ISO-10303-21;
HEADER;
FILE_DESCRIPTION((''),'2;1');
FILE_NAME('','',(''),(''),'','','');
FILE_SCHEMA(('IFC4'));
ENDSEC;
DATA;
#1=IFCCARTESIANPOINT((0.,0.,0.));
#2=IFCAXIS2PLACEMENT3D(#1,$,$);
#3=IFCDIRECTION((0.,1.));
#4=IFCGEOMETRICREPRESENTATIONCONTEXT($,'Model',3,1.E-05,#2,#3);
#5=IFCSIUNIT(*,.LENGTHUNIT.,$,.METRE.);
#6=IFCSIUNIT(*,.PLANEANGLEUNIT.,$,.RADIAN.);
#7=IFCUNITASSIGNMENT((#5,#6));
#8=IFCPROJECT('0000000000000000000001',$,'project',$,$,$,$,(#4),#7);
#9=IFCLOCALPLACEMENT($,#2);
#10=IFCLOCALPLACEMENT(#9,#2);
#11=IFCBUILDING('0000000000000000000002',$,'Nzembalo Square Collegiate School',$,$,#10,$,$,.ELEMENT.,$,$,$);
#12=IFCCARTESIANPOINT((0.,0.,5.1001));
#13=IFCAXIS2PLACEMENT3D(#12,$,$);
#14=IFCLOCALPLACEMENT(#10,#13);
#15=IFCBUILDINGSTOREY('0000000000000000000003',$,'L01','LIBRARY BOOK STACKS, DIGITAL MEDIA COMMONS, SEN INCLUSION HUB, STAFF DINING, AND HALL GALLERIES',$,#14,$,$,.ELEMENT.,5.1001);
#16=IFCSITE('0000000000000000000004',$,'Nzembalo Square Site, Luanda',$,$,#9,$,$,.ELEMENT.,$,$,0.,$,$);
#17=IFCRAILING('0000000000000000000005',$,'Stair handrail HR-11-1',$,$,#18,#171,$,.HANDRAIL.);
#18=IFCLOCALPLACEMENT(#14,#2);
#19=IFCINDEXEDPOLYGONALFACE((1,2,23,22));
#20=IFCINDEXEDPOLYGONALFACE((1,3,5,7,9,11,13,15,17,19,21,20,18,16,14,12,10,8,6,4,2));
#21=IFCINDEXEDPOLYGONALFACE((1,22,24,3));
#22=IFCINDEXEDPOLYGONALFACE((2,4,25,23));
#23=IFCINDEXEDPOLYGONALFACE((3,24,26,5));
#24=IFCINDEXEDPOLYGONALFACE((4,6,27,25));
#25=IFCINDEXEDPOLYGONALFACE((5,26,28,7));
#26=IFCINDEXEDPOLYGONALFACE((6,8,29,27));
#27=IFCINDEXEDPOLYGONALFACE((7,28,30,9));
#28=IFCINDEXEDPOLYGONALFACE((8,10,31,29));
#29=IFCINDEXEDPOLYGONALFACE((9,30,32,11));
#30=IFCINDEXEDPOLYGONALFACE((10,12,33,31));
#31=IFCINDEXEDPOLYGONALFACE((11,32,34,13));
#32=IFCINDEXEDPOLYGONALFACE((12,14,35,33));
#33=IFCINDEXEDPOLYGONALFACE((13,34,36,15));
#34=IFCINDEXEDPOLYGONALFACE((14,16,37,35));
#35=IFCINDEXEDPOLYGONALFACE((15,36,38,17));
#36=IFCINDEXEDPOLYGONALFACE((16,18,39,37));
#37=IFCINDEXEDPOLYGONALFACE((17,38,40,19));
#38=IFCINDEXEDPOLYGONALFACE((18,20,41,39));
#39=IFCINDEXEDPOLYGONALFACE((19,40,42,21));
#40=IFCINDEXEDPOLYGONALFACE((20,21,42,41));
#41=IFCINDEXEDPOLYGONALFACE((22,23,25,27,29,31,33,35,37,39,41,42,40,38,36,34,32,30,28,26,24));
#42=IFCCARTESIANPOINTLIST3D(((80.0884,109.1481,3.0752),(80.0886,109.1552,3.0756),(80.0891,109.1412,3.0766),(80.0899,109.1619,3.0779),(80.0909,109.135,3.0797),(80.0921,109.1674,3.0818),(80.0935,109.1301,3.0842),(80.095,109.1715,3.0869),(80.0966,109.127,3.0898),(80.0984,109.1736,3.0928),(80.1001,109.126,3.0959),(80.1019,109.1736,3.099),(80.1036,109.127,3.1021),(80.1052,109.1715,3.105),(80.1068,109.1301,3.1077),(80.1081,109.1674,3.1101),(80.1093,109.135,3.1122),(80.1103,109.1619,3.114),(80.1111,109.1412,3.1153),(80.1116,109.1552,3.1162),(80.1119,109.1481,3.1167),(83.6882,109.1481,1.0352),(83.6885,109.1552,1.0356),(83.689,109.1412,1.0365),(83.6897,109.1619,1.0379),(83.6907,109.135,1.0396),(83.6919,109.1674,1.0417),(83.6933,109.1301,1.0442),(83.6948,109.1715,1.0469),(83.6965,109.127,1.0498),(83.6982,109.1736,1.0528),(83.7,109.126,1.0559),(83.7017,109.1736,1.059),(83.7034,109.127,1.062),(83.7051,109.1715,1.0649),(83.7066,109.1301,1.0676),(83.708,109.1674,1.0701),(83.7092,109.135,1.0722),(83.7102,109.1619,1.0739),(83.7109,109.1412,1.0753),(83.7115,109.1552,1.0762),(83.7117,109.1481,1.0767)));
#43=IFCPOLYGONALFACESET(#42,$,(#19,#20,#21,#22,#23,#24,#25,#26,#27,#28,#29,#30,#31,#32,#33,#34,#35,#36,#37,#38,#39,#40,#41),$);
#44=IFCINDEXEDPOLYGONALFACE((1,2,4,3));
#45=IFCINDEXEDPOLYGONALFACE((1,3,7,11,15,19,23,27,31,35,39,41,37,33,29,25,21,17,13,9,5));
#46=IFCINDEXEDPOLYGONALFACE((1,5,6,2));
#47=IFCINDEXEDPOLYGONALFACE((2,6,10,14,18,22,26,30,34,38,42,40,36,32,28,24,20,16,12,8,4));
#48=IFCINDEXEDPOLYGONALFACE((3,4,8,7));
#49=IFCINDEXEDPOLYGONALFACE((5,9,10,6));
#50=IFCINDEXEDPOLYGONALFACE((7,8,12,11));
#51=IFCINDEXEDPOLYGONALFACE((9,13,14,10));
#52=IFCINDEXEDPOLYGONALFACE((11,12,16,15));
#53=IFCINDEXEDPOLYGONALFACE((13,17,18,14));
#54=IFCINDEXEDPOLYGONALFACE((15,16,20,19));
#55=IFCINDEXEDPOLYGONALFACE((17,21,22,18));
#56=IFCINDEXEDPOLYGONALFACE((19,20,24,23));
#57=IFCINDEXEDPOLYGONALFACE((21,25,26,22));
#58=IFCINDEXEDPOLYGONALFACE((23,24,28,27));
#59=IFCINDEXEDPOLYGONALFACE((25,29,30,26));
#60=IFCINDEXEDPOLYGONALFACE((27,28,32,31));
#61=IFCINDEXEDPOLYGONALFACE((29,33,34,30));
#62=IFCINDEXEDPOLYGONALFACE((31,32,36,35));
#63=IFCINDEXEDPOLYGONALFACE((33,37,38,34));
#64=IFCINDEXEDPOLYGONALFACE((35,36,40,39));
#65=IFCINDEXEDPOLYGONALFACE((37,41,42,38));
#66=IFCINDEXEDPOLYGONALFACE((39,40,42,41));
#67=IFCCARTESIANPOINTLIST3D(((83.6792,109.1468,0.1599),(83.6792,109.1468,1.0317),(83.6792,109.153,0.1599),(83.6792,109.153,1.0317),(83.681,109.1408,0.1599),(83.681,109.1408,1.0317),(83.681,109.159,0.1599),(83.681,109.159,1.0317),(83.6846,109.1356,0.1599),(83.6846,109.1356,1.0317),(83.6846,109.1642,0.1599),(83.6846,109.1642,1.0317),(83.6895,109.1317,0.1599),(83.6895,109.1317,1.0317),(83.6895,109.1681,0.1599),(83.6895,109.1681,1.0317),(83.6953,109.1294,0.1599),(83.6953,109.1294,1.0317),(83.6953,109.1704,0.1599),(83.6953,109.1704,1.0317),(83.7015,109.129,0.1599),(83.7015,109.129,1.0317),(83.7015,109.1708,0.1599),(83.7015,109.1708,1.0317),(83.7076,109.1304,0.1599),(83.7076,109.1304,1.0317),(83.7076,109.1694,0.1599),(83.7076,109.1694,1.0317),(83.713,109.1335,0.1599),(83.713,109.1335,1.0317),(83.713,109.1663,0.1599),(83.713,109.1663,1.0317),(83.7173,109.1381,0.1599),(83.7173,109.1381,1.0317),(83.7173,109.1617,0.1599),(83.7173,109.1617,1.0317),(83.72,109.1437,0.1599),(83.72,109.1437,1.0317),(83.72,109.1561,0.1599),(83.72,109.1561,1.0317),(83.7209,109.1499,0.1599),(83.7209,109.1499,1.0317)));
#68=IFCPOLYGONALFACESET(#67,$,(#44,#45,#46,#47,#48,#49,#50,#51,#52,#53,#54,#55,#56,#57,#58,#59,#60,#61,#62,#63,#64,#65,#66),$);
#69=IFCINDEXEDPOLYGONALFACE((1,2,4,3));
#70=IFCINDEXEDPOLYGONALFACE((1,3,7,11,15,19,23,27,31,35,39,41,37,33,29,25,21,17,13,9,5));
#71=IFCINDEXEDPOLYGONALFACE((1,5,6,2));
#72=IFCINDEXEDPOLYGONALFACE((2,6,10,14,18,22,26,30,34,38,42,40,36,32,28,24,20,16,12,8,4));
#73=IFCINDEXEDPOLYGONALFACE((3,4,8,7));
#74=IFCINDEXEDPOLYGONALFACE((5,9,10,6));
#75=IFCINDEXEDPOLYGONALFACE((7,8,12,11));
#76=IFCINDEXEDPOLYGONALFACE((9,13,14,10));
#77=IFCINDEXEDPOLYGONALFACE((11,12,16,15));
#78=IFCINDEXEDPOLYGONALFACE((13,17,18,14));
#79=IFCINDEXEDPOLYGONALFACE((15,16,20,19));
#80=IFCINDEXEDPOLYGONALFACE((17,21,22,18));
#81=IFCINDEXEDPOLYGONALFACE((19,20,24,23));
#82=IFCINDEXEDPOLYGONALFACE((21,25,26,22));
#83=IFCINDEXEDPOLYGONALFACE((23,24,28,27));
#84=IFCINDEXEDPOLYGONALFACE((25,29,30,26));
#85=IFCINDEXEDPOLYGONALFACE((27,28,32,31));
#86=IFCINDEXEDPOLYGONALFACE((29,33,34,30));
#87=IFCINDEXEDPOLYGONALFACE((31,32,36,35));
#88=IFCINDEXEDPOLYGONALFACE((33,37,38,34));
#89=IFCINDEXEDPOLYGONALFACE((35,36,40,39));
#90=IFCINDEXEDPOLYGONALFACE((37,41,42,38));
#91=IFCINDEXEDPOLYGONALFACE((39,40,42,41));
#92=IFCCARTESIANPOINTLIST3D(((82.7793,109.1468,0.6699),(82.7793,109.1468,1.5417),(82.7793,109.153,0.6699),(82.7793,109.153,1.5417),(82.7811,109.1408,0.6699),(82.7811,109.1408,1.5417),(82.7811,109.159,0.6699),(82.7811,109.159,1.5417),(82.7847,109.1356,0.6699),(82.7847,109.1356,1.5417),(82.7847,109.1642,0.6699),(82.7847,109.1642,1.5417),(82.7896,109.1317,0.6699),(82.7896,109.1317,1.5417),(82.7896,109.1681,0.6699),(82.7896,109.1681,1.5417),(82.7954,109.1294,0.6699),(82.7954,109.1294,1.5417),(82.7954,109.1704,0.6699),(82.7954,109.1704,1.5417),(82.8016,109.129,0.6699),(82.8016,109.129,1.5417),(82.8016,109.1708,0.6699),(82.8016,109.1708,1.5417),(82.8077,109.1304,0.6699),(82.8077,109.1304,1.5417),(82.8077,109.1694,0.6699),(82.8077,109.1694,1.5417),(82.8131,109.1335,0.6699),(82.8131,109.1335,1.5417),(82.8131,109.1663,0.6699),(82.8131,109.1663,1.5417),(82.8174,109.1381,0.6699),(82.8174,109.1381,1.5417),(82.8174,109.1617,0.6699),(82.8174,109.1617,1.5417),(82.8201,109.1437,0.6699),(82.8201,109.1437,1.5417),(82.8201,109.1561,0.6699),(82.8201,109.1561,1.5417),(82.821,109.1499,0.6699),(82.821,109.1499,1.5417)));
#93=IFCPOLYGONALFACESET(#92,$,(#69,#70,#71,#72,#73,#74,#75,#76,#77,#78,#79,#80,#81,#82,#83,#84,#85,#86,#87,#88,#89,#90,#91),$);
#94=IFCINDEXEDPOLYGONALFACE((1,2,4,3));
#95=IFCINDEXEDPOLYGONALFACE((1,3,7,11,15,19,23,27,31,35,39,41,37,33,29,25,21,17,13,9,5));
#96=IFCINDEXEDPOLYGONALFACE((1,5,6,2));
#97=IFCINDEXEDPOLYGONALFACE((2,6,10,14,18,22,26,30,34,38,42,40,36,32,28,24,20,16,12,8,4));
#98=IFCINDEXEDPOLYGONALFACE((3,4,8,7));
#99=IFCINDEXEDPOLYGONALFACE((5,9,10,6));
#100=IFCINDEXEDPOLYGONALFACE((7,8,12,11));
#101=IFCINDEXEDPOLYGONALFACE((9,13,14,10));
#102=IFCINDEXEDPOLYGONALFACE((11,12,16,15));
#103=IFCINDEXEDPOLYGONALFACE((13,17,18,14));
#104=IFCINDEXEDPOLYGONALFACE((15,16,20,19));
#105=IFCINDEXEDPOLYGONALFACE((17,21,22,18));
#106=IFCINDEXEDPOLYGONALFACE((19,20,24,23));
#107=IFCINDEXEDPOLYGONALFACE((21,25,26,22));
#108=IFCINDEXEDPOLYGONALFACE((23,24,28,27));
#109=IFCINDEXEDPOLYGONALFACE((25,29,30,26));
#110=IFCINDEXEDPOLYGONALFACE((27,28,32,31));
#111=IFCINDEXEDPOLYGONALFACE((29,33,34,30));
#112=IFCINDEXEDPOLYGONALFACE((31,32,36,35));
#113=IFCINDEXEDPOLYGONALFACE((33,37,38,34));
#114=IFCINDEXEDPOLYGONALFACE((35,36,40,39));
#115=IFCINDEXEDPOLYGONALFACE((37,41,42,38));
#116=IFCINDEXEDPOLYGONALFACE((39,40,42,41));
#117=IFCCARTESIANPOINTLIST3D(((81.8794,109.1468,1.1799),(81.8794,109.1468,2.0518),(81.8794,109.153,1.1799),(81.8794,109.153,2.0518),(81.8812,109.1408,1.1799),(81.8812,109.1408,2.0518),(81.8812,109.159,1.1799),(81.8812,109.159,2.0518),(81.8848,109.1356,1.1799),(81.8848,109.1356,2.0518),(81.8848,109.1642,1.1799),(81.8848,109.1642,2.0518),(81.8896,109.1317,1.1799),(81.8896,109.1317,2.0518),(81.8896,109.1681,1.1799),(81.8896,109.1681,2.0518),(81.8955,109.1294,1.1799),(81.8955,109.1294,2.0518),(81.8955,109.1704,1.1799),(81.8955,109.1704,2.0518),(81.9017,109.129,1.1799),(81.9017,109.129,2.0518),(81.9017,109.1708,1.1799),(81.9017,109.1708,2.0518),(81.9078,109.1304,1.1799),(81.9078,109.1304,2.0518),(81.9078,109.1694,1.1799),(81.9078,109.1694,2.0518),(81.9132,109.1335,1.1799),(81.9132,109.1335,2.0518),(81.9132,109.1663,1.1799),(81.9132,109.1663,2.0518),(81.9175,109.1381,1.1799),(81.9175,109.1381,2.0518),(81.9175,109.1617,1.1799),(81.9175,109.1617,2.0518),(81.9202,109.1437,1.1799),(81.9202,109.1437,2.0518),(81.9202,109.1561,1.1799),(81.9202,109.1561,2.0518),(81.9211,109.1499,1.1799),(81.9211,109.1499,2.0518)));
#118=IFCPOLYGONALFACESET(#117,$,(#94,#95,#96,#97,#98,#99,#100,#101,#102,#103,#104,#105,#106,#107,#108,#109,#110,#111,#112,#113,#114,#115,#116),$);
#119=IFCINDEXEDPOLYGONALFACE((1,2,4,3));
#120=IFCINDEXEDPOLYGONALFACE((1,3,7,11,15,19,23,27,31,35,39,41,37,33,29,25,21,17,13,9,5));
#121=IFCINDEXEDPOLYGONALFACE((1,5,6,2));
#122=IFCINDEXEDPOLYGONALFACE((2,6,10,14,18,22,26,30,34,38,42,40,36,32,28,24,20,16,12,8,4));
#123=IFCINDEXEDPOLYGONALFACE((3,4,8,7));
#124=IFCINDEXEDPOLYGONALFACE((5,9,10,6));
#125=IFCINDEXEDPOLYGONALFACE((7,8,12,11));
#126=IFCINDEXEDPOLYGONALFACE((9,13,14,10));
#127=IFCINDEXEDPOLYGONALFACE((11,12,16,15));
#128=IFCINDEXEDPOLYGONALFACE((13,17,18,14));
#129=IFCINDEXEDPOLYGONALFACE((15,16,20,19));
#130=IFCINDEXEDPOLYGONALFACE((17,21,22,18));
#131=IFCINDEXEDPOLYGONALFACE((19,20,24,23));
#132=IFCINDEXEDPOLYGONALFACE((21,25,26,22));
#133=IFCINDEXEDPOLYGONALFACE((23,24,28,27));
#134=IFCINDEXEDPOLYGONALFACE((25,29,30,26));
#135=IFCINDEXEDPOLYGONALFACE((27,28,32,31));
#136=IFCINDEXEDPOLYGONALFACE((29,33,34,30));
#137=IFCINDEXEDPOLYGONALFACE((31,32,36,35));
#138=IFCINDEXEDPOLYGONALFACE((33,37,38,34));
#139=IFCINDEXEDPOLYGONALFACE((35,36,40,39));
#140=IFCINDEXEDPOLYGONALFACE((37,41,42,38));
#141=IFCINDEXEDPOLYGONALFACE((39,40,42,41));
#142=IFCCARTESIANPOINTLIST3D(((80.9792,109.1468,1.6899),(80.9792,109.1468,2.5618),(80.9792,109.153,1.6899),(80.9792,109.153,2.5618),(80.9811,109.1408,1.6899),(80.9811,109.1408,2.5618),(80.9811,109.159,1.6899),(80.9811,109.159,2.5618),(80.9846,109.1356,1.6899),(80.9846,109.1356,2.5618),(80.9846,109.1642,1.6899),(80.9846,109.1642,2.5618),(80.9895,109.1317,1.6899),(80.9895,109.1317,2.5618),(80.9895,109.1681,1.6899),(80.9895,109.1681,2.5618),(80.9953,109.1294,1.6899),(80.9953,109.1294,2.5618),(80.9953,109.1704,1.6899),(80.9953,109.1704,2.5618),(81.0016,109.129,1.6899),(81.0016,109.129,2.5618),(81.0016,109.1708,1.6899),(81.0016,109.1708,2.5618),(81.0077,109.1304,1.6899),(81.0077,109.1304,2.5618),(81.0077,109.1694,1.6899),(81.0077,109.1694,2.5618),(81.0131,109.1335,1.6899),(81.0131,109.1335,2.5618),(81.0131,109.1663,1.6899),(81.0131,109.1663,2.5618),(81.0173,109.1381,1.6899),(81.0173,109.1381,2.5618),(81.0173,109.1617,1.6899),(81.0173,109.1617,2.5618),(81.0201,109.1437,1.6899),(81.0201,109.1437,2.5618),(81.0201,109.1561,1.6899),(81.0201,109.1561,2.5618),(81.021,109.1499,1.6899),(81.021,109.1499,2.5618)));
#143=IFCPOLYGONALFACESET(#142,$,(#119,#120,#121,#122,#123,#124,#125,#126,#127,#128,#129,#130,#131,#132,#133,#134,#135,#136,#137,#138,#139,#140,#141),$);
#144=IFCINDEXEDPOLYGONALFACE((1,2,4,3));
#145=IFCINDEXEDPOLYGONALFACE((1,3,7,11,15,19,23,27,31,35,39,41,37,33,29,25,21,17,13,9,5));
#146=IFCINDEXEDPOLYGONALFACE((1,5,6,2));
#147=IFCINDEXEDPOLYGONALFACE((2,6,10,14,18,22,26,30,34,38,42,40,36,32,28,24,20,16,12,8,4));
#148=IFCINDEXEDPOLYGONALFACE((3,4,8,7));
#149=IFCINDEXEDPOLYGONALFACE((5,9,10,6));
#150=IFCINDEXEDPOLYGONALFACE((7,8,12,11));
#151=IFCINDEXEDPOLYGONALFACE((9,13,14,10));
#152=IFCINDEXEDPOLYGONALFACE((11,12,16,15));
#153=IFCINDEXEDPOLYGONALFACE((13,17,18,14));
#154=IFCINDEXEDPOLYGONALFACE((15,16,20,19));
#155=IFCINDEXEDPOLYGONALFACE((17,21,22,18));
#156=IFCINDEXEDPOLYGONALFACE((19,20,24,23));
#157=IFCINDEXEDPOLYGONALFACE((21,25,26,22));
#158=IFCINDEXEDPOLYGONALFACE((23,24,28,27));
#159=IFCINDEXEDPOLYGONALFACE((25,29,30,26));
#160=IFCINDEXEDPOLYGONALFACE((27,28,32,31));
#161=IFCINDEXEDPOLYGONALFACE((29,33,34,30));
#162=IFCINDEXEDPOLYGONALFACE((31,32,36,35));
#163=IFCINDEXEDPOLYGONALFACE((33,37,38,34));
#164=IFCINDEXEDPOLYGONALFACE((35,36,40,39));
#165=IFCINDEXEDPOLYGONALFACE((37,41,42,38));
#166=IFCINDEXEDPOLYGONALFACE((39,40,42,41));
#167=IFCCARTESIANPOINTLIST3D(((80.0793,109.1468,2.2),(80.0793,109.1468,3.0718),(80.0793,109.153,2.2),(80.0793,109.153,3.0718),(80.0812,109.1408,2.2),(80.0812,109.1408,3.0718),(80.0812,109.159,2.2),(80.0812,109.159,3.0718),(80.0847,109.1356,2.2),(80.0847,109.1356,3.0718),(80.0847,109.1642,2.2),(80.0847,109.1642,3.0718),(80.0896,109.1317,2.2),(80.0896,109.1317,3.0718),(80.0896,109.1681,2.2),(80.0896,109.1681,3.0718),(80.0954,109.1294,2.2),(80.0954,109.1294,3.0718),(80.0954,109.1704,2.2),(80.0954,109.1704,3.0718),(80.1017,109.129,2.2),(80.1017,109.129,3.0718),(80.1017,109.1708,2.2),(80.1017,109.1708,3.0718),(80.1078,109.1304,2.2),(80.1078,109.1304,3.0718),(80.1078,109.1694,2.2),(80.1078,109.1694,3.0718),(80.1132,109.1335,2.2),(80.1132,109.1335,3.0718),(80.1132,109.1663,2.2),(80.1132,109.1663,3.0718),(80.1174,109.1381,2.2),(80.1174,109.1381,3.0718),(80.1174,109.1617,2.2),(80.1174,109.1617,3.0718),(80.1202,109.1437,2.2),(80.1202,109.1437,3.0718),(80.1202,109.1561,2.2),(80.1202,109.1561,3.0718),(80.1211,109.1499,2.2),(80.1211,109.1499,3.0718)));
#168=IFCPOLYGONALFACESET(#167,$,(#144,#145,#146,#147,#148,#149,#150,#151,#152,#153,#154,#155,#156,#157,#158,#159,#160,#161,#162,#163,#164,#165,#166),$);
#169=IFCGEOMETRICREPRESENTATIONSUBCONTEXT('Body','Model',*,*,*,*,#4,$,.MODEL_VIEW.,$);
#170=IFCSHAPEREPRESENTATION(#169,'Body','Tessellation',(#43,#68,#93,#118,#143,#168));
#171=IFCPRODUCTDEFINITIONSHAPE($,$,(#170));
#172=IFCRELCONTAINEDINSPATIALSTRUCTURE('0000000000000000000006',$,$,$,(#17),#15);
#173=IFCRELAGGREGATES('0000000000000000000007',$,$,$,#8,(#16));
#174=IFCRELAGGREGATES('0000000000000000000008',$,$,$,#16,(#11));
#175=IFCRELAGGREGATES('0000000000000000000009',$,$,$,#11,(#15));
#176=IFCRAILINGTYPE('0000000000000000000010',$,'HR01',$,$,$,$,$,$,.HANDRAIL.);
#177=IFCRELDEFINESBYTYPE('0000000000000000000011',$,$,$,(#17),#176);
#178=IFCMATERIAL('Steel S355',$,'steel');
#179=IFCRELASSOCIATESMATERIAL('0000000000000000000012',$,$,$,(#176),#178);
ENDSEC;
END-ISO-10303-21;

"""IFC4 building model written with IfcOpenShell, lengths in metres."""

from ifc_helpers import new_model, si_unit, direction, frame, origin, origin_2d, place, context, subcontext, project, spatial, circle, extrude, material, type_object, element, save


model = new_model("IFC4")

# Units and contexts
model_context = context("Model", 3, precision=1e-05, world=origin(), true_north=direction((0.0, 1.0)))
body_context = subcontext(model_context, "Body", "Model", "MODEL_VIEW")
ifc_project = project(units=[si_unit("LENGTHUNIT", "METRE"), si_unit("PLANEANGLEUNIT", "RADIAN")], contexts=[model_context])

# Site, building, storey
site_placement = place(None, origin())
site = spatial("IfcSite", under=ifc_project, at=site_placement, Name="Nzembalo Square Site, Luanda", CompositionType="ELEMENT", RefElevation=0.0)
building_placement = place(site_placement, origin())
building = spatial("IfcBuilding", under=site, at=building_placement, Name="Nzembalo Square Collegiate School", CompositionType="ELEMENT")
storey_placement = place(building_placement, frame((0.0, 0.0, 5.1001)))
storey = spatial("IfcBuildingStorey", under=building, at=storey_placement, Name="L01", Description="LIBRARY BOOK STACKS, DIGITAL MEDIA COMMONS, SEN INCLUSION HUB, STAFF DINING, AND HALL GALLERIES", CompositionType="ELEMENT", Elevation=5.1001)

# Railing
ifc_material_1 = material(Name="Steel S355", Category="steel")
railing_type_1 = type_object("IfcRailingType", Name="HR01", PredefinedType="HANDRAIL", material=ifc_material_1)
railing_1_placement = place(storey_placement, frame((83.7, 109.1499, 0.1599)))
element("IfcRailing", 1, at=railing_1_placement, inside=storey, type_object=railing_type_1, Name="Stair handrail HR-11-1", PredefinedType="HANDRAIL", context=body_context, shape_type="SweptSolid", body=[
    extrude(circle(Radius=0.0239, at=origin_2d()), frame((0.0, 0.0, 0.896), z_axis=(-0.87001, 0.0, 0.493035), x_axis=(0.0, -1.0, 0.0)), (0.0, 0.0, 1.0), 4.1377),
    extrude(circle(Radius=0.021, at=origin_2d()), origin(), (0.0, 0.0, 1.0), 0.8718),
    extrude(circle(Radius=0.021, at=origin_2d()), frame((-0.8999, 0.0, 0.51)), (0.0, 0.0, 1.0), 0.8718),
    extrude(circle(Radius=0.021, at=origin_2d()), frame((-1.7998, 0.0, 1.02)), (0.0, 0.0, 1.0), 0.8718),
    extrude(circle(Radius=0.021, at=origin_2d()), frame((-2.7, 0.0, 1.53)), (0.0, 0.0, 1.0), 0.8718),
    extrude(circle(Radius=0.021, at=origin_2d()), frame((-3.5999, 0.0, 2.04)), (0.0, 0.0, 1.0), 0.8718),
])

save(model, "model.ifc")
